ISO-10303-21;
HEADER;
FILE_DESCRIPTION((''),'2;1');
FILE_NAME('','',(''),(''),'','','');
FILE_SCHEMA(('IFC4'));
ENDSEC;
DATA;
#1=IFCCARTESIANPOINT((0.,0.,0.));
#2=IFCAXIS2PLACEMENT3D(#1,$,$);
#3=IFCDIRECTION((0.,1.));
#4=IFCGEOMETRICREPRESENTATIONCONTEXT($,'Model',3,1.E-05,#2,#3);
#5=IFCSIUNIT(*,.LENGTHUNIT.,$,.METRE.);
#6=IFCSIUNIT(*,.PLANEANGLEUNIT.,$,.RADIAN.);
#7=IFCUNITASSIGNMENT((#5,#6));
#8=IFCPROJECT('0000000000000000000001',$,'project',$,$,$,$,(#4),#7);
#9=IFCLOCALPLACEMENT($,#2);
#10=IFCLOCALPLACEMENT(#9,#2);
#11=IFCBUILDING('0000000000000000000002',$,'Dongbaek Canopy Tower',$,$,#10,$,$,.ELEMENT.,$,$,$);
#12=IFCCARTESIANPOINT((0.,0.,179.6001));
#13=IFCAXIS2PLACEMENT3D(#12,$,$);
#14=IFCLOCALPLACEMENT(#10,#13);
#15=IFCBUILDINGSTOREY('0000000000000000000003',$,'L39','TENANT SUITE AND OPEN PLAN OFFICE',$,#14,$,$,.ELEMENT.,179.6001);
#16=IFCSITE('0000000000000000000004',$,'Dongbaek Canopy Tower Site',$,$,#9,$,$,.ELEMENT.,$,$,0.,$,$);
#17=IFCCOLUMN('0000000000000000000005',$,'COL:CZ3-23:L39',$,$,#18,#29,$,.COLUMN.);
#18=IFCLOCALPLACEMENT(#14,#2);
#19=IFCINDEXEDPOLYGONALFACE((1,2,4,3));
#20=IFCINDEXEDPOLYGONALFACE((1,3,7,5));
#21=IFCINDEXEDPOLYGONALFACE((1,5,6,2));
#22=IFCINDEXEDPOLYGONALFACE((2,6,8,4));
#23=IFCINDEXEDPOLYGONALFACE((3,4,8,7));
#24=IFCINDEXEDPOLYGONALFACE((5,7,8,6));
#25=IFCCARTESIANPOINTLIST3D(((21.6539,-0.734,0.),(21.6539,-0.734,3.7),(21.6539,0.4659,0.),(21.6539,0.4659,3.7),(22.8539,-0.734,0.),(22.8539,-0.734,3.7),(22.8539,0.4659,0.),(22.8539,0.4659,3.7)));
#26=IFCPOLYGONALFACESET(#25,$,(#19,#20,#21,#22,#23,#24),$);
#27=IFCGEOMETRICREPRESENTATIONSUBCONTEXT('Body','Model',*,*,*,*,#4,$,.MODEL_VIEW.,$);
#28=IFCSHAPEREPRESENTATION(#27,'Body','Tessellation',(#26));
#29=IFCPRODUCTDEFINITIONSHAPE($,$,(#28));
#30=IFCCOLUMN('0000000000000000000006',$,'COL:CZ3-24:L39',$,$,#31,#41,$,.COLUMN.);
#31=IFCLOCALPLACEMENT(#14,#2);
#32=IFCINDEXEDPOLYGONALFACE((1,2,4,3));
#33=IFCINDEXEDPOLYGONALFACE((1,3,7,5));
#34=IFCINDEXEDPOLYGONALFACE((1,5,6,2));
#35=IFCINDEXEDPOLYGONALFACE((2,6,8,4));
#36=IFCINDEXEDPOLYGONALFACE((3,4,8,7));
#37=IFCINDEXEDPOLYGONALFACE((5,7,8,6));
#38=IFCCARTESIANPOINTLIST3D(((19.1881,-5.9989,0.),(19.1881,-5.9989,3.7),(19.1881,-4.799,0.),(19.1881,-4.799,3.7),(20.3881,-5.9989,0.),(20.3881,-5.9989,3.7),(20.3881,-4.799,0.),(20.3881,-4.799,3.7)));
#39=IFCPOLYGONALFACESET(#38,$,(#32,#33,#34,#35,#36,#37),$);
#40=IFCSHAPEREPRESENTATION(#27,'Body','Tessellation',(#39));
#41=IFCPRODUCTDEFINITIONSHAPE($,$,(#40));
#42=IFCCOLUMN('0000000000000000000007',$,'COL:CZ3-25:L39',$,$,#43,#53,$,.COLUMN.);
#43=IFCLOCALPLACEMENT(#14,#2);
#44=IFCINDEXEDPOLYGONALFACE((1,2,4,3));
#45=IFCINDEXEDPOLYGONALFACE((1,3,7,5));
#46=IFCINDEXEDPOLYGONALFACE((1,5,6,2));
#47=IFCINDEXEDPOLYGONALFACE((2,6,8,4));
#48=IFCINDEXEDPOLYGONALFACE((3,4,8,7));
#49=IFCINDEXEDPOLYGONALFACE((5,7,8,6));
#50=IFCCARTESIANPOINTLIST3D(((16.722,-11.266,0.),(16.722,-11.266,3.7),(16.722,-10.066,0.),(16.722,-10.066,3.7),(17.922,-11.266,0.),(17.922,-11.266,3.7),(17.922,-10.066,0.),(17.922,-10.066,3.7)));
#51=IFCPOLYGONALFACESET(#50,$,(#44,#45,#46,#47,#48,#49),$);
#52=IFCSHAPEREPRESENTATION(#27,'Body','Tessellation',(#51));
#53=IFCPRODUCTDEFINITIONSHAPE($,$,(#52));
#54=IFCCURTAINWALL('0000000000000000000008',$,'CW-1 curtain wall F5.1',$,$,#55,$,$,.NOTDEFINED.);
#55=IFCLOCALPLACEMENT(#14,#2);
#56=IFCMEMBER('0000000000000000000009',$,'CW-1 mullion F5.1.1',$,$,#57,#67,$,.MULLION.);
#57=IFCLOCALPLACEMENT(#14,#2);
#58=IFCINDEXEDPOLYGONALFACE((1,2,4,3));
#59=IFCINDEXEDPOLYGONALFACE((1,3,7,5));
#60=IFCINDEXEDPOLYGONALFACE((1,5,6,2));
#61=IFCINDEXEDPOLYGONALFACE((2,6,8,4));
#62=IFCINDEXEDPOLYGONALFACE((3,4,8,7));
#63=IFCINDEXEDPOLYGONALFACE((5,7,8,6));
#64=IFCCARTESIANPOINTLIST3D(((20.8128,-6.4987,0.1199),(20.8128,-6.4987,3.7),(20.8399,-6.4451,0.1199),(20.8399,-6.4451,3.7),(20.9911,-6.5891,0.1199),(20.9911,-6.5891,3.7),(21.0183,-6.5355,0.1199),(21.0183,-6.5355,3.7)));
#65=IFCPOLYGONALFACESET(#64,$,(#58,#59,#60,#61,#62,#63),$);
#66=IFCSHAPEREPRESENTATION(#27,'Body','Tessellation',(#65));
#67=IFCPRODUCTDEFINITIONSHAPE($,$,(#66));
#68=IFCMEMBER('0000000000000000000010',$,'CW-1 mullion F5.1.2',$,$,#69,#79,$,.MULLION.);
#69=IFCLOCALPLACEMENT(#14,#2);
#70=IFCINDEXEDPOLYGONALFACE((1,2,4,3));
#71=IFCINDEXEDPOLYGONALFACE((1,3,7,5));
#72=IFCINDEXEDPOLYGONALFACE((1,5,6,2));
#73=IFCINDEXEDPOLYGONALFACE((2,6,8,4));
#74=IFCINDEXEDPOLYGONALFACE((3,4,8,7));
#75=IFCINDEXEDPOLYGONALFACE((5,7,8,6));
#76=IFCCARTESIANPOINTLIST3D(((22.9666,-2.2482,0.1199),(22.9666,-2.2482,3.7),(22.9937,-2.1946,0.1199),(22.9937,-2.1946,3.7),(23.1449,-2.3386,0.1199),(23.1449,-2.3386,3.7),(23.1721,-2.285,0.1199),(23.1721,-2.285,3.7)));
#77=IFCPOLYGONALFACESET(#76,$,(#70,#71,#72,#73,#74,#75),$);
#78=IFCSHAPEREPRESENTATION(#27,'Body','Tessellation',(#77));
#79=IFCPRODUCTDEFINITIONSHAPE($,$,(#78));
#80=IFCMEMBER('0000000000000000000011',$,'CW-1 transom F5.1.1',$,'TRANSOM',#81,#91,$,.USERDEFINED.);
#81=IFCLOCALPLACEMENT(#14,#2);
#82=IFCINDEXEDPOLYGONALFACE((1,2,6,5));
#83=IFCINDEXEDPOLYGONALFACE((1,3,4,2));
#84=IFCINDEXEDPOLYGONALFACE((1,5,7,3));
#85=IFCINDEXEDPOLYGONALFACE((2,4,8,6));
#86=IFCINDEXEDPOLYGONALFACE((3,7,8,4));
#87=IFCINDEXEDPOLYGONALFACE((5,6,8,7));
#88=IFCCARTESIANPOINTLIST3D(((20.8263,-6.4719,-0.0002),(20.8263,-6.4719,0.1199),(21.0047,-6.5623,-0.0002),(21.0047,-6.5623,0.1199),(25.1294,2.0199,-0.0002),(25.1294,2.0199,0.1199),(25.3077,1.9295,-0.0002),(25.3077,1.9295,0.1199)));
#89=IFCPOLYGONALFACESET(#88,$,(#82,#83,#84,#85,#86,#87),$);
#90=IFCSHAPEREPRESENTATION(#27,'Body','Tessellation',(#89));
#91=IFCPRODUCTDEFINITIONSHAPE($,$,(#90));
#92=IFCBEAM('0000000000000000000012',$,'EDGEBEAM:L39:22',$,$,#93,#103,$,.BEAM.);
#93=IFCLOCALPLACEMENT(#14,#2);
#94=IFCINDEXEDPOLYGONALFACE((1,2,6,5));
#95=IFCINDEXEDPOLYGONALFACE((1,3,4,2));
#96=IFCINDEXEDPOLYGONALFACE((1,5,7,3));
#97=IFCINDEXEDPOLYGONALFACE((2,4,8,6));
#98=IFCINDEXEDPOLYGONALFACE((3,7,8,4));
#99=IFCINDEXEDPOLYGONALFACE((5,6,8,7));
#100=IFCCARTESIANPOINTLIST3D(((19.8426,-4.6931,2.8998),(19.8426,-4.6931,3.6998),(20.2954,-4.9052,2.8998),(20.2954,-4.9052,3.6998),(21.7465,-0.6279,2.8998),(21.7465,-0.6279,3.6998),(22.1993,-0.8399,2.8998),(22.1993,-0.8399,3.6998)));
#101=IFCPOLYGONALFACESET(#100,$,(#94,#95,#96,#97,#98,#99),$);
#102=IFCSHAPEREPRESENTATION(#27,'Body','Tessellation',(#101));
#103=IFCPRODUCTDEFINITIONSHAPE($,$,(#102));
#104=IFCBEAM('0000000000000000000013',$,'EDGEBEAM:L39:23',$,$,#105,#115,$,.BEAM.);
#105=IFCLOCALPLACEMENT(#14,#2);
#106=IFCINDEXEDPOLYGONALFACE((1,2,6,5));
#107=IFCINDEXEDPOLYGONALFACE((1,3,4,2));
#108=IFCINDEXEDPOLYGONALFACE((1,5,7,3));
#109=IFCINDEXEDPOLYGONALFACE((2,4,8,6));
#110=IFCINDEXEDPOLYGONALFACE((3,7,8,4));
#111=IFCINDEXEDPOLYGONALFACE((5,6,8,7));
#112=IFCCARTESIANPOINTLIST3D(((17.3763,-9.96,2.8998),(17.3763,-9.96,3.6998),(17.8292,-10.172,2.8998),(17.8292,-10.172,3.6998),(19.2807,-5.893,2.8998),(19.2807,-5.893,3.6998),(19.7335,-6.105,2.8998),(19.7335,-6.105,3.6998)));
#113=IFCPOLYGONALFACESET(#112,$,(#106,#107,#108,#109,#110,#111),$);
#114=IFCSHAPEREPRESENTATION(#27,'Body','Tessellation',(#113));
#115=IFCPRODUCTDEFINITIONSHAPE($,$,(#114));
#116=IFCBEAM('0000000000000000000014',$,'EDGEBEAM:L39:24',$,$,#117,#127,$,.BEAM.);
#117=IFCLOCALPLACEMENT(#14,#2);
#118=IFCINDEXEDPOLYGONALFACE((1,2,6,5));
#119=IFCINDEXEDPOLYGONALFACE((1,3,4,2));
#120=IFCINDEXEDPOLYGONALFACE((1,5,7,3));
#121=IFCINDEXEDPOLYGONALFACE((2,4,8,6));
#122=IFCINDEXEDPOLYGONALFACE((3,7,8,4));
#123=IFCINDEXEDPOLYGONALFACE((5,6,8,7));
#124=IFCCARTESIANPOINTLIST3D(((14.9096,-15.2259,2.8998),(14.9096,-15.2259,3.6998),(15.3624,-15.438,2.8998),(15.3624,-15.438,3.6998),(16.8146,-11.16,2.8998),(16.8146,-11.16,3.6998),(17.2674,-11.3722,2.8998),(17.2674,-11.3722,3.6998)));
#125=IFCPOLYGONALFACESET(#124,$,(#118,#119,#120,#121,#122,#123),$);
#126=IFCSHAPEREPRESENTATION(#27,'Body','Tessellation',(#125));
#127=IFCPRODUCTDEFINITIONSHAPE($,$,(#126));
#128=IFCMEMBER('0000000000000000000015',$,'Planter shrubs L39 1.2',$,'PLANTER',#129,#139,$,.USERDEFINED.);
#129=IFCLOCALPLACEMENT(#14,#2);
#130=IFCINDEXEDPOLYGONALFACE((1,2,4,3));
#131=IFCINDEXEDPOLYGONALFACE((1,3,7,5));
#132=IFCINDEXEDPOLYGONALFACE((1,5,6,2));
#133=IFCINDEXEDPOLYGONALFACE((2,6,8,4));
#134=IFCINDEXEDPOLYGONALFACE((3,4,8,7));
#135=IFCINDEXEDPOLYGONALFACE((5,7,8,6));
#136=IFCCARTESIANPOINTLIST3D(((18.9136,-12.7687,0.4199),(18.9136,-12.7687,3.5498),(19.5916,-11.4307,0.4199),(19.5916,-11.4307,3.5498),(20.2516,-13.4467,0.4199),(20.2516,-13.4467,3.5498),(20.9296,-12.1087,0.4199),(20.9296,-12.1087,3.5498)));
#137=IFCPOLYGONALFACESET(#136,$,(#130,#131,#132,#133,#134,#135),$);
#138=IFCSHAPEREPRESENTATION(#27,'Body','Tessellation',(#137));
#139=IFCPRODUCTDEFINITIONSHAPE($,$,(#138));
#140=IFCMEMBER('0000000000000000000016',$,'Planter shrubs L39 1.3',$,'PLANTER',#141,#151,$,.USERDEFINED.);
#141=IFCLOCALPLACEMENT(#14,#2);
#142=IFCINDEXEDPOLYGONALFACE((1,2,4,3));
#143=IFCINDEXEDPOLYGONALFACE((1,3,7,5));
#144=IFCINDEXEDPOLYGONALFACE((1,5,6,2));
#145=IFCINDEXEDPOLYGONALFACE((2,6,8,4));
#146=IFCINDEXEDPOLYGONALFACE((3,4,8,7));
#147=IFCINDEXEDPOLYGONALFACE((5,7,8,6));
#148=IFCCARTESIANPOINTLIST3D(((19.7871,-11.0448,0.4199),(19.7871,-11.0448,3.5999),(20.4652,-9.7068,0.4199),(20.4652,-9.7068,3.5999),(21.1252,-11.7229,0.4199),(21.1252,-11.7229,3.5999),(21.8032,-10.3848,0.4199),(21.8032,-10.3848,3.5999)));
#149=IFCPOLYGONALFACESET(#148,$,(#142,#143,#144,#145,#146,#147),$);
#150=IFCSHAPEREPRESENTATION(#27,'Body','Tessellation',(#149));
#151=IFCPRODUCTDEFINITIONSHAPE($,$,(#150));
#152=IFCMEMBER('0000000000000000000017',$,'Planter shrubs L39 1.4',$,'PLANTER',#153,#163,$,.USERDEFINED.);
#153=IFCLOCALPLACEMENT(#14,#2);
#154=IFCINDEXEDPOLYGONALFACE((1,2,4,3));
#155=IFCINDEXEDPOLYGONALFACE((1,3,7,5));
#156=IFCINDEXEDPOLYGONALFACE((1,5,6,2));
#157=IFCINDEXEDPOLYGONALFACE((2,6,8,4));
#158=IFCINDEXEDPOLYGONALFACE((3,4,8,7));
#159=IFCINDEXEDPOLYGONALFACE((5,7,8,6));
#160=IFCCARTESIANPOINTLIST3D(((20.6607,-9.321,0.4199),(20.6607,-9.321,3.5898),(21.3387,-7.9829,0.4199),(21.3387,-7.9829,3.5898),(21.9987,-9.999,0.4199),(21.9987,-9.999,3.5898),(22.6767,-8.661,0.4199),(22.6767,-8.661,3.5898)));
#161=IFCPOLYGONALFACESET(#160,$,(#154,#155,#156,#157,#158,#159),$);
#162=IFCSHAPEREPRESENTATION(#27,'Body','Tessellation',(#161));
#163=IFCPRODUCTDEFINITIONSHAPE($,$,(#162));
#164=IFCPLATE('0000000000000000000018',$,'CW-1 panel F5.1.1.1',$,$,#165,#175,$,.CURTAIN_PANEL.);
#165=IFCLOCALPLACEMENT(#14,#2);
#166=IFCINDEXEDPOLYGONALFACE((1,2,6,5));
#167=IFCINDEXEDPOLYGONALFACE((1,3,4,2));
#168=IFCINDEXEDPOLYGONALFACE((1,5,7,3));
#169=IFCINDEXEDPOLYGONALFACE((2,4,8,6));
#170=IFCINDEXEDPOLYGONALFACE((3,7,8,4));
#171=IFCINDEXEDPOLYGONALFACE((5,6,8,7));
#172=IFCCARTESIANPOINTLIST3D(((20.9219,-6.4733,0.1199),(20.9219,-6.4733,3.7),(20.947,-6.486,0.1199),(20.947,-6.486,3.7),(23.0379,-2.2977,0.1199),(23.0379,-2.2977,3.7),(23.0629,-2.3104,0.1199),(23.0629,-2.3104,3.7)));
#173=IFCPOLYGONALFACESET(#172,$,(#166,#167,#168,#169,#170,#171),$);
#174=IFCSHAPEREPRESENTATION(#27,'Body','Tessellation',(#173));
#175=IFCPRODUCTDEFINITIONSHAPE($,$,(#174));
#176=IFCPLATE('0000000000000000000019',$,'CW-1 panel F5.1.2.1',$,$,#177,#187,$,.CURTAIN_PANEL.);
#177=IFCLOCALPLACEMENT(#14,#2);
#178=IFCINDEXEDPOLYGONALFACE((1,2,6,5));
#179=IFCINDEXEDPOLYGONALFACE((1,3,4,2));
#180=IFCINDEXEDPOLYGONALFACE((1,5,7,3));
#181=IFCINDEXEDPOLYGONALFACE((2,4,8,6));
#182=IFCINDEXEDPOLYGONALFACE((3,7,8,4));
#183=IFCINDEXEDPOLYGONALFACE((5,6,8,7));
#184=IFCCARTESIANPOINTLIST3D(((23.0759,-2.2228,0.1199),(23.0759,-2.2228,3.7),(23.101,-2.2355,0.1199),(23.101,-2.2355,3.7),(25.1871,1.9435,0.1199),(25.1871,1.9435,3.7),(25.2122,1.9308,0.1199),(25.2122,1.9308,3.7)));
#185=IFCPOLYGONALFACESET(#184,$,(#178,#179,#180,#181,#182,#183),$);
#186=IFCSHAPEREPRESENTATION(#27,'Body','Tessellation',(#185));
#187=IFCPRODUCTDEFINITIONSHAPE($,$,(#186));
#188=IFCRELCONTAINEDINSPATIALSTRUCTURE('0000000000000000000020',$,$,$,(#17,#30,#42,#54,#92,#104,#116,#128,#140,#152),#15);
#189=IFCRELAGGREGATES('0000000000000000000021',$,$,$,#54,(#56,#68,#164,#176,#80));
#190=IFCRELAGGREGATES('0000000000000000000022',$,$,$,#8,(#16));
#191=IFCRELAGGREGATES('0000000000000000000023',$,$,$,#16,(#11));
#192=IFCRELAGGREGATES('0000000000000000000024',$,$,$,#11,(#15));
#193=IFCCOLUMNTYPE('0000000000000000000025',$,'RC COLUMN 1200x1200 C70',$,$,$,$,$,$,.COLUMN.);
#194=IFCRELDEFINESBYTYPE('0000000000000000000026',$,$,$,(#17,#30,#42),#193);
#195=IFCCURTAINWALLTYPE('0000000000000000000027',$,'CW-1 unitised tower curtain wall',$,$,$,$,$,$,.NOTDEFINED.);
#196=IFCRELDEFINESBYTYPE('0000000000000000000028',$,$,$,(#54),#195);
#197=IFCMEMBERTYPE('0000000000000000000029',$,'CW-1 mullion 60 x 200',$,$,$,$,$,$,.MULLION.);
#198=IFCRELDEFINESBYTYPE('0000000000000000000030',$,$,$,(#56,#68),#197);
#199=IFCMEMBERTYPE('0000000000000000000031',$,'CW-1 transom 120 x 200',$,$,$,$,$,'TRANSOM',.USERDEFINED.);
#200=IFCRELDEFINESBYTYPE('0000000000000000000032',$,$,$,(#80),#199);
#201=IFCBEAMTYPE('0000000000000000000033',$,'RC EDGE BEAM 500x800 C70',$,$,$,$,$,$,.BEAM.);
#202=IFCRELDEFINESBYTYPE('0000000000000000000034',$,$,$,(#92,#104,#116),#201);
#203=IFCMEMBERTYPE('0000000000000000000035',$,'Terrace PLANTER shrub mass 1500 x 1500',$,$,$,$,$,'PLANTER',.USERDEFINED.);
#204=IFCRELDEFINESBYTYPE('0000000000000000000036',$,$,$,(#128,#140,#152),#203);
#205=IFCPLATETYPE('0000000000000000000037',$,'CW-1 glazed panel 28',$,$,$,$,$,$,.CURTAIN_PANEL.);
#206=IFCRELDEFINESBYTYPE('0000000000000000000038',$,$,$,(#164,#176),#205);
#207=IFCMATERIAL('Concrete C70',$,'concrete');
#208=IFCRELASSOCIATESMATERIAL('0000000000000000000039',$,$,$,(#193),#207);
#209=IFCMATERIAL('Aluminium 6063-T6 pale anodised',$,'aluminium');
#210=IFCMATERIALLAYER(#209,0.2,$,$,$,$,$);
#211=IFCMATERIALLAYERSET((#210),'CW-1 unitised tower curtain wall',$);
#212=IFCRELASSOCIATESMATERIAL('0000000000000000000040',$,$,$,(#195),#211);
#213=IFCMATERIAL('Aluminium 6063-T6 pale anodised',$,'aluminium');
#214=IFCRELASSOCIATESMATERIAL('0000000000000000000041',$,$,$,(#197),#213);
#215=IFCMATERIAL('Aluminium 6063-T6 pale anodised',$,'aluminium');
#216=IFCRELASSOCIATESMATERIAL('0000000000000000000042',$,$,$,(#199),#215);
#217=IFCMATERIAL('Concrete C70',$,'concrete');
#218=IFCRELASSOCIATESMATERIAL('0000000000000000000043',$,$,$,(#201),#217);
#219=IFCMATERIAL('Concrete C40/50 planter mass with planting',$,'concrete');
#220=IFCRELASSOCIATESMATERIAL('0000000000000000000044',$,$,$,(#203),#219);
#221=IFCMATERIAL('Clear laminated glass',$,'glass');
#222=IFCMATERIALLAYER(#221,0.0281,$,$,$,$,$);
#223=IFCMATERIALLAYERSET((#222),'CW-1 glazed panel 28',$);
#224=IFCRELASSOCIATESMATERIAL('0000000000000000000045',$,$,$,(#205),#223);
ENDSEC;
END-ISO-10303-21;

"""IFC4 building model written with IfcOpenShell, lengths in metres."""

from ifc_helpers import new_model, si_unit, direction, frame, origin, origin_2d, place, context, subcontext, project, spatial, rectangle, extrude, material, layer, layer_set, material_profile, profile_set, type_object, element, aggregate, save


model = new_model("IFC4")

# Units and contexts
model_context = context("Model", 3, precision=1e-05, world=origin(), true_north=direction((0.0, 1.0)))
body_context = subcontext(model_context, "Body", "Model", "MODEL_VIEW")
ifc_project = project(units=[si_unit("LENGTHUNIT", "METRE"), si_unit("PLANEANGLEUNIT", "RADIAN")], contexts=[model_context])

# Site, building, storey
site_placement = place(None, origin())
site = spatial("IfcSite", under=ifc_project, at=site_placement, Name="Dongbaek Canopy Tower Site", CompositionType="ELEMENT", RefElevation=0.0)
building_placement = place(site_placement, origin())
building = spatial("IfcBuilding", under=site, at=building_placement, Name="Dongbaek Canopy Tower", CompositionType="ELEMENT")
storey_placement = place(building_placement, frame((0.0, 0.0, 179.6001)))
storey = spatial("IfcBuildingStorey", under=building, at=storey_placement, Name="L39", Description="TENANT SUITE AND OPEN PLAN OFFICE", CompositionType="ELEMENT", Elevation=179.6001)

# Columns
ifc_material_1 = material(Name="Concrete C70", Category="concrete")
ifc_material_profile_1 = material_profile(ifc_material_1, rectangle(XDim=1.2, YDim=1.2, at=origin_2d()), Name="RC COLUMN 1200x1200 C70")
ifc_profile_set_1 = profile_set([ifc_material_profile_1], Name="Concrete C70")
column_type = type_object("IfcColumnType", Name="RC COLUMN 1200x1200 C70", PredefinedType="COLUMN", material=ifc_profile_set_1)
for number, where, z_axis, x_axis, name in (
    (1, (22.2539, -0.134, 0.0), (0.0, 0.0, 1.0), (1.0, 0.0, 0.0), "COL:CZ3-23:L39"),
    (2, (19.7881, -5.3989, 0.0), (0.0, 0.0, 1.0), (1.0, 0.0, 0.0), "COL:CZ3-24:L39"),
    (3, (17.322, -10.666, 0.0), (0.0, 0.0, 1.0), (1.0, 0.0, 0.0), "COL:CZ3-25:L39"),
):
    element("IfcColumn", number, at=place(storey_placement, frame(where, z_axis=z_axis, x_axis=x_axis)), inside=storey, type_object=column_type, Name=name, PredefinedType="COLUMN", context=body_context, shape_type="SweptSolid", body=[
        extrude(rectangle(XDim=1.2, YDim=1.2, at=origin_2d()), origin(), (0.0, 0.0, 1.0), 3.7),
    ])

# Curtain wall, members
ifc_material_2 = material(Name="Aluminium 6063-T6 pale anodised", Category="aluminium")
ifc_layer_1 = layer(ifc_material_2, 0.2)
ifc_layer_set_1 = layer_set([ifc_layer_1], Name="CW-1 unitised tower curtain wall")
curtain_wall_type = type_object("IfcCurtainWallType", Name="CW-1 unitised tower curtain wall", PredefinedType="NOTDEFINED", material=ifc_layer_set_1)
curtain_wall_placement = place(storey_placement, origin())
curtain_wall = element("IfcCurtainWall", 4, at=curtain_wall_placement, inside=storey, type_object=curtain_wall_type, Name="CW-1 curtain wall F5.1", PredefinedType="NOTDEFINED")
ifc_material_3 = material(Name="Aluminium 6063-T6 pale anodised", Category="aluminium")
ifc_material_profile_2 = material_profile(ifc_material_3, rectangle(XDim=0.2, YDim=0.0601, at=origin_2d()), Name="CW-1 mullion 60 x 200")
ifc_profile_set_2 = profile_set([ifc_material_profile_2], Name="Aluminium 6063-T6 pale anodised")
member_type_1 = type_object("IfcMemberType", Name="CW-1 mullion 60 x 200", PredefinedType="MULLION", material=ifc_profile_set_2)
member_1_placement = place(storey_placement, frame((20.9155, -6.5171, 0.1199), z_axis=(0.0, 0.0, 1.0), x_axis=(0.892013, -0.452009, 0.0)))
member_1 = element("IfcMember", 5, at=member_1_placement, type_object=member_type_1, Name="CW-1 mullion F5.1.1", PredefinedType="MULLION", context=body_context, shape_type="SweptSolid", body=[
    extrude(rectangle(XDim=0.2, YDim=0.0601, at=origin_2d()), origin(), (0.0, 0.0, 1.0), 3.5801),
])
member_2_placement = place(storey_placement, frame((23.0693, -2.2666, 0.1199), z_axis=(0.0, 0.0, 1.0), x_axis=(0.892013, -0.452009, 0.0)))
member_2 = element("IfcMember", 6, at=member_2_placement, type_object=member_type_1, Name="CW-1 mullion F5.1.2", PredefinedType="MULLION", context=body_context, shape_type="SweptSolid", body=[
    extrude(rectangle(XDim=0.2, YDim=0.0601, at=origin_2d()), origin(), (0.0, 0.0, 1.0), 3.5801),
])
ifc_material_4 = material(Name="Aluminium 6063-T6 pale anodised", Category="aluminium")
ifc_material_profile_3 = material_profile(ifc_material_4, rectangle(XDim=0.2, YDim=0.1201, at=origin_2d()), Name="CW-1 transom 120 x 200")
ifc_profile_set_3 = profile_set([ifc_material_profile_3], Name="Aluminium 6063-T6 pale anodised")
member_type_2 = type_object("IfcMemberType", Name="CW-1 transom 120 x 200", ElementType="TRANSOM", PredefinedType="USERDEFINED", material=ifc_profile_set_3)
member_3_placement = place(storey_placement, frame((20.9155, -6.5171, 0.0598), z_axis=(0.452008, 0.892014, 0.0), x_axis=(-0.892014, 0.452008, 0.0)))
member_3 = element("IfcMember", 7, at=member_3_placement, type_object=member_type_2, Name="CW-1 transom F5.1.1", ObjectType="TRANSOM", PredefinedType="USERDEFINED", context=body_context, shape_type="SweptSolid", body=[
    extrude(rectangle(XDim=0.2, YDim=0.1201, at=origin_2d()), origin(), (0.0, 0.0, 1.0), 9.5198),
])

# Beams
ifc_material_5 = material(Name="Concrete C70", Category="concrete")
ifc_material_profile_4 = material_profile(ifc_material_5, rectangle(XDim=0.5, YDim=0.8, at=origin_2d()), Name="RC EDGE BEAM 500x800 C70")
ifc_profile_set_4 = profile_set([ifc_material_profile_4], Name="Concrete C70")
beam_type = type_object("IfcBeamType", Name="RC EDGE BEAM 500x800 C70", PredefinedType="BEAM", material=ifc_profile_set_4)
beam_1_placement = place(storey_placement, frame((21.9729, -0.7339, 3.2998), z_axis=(-0.424115, -0.905608, 0.0), x_axis=(0.905608, -0.424115, 0.0)))
element("IfcBeam", 8, at=beam_1_placement, inside=storey, type_object=beam_type, Name="EDGEBEAM:L39:22", PredefinedType="BEAM", context=body_context, shape_type="SweptSolid", body=[
    extrude(rectangle(XDim=0.5, YDim=0.8, at=origin_2d()), origin(), (0.0, 0.0, 1.0), 4.489),
])
beam_2_placement = place(storey_placement, frame((19.5071, -5.999, 3.2998), z_axis=(-0.424058, -0.905635, 0.0), x_axis=(0.905635, -0.424058, 0.0)))
element("IfcBeam", 9, at=beam_2_placement, inside=storey, type_object=beam_type, Name="EDGEBEAM:L39:23", PredefinedType="BEAM", context=body_context, shape_type="SweptSolid", body=[
    extrude(rectangle(XDim=0.5, YDim=0.8, at=origin_2d()), origin(), (0.0, 0.0, 1.0), 4.4907),
])
beam_3_placement = place(storey_placement, frame((17.041, -11.2661, 3.2998), z_axis=(-0.424275, -0.905533, 0.0), x_axis=(0.905533, -0.424275, 0.0)))
element("IfcBeam", 10, at=beam_3_placement, inside=storey, type_object=beam_type, Name="EDGEBEAM:L39:24", PredefinedType="BEAM", context=body_context, shape_type="SweptSolid", body=[
    extrude(rectangle(XDim=0.5, YDim=0.8, at=origin_2d()), origin(), (0.0, 0.0, 1.0), 4.49),
])

# Members
ifc_material_6 = material(Name="Concrete C40/50 planter mass with planting", Category="concrete")
ifc_material_profile_5 = material_profile(ifc_material_6, rectangle(XDim=1.5, YDim=1.5, at=origin_2d()), Name="Terrace PLANTER shrub mass 1500 x 1500")
ifc_profile_set_5 = profile_set([ifc_material_profile_5], Name="Concrete C40/50 planter mass with planting")
member_type_3 = type_object("IfcMemberType", Name="Terrace PLANTER shrub mass 1500 x 1500", ElementType="PLANTER", PredefinedType="USERDEFINED", material=ifc_profile_set_5)
member_4_placement = place(storey_placement, frame((19.9216, -12.4387, 0.4199), z_axis=(0.0, 0.0, 1.0), x_axis=(0.892013, -0.452009, 0.0)))
element("IfcMember", 11, at=member_4_placement, inside=storey, type_object=member_type_3, Name="Planter shrubs L39 1.2", ObjectType="PLANTER", PredefinedType="USERDEFINED", context=body_context, shape_type="SweptSolid", body=[
    extrude(rectangle(XDim=1.5, YDim=1.5, at=origin_2d()), origin(), (0.0, 0.0, 1.0), 3.1299),
])
member_5_placement = place(storey_placement, frame((20.7952, -10.7148, 0.4199), z_axis=(0.0, 0.0, 1.0), x_axis=(0.892013, -0.452009, 0.0)))
element("IfcMember", 12, at=member_5_placement, inside=storey, type_object=member_type_3, Name="Planter shrubs L39 1.3", ObjectType="PLANTER", PredefinedType="USERDEFINED", context=body_context, shape_type="SweptSolid", body=[
    extrude(rectangle(XDim=1.5, YDim=1.5, at=origin_2d()), origin(), (0.0, 0.0, 1.0), 3.1799),
])
member_6_placement = place(storey_placement, frame((21.6687, -8.991, 0.4199), z_axis=(0.0, 0.0, 1.0), x_axis=(0.892013, -0.452009, 0.0)))
element("IfcMember", 13, at=member_6_placement, inside=storey, type_object=member_type_3, Name="Planter shrubs L39 1.4", ObjectType="PLANTER", PredefinedType="USERDEFINED", context=body_context, shape_type="SweptSolid", body=[
    extrude(rectangle(XDim=1.5, YDim=1.5, at=origin_2d()), origin(), (0.0, 0.0, 1.0), 3.1699),
])

# Plates
ifc_material_7 = material(Name="Clear laminated glass", Category="glass")
ifc_layer_2 = layer(ifc_material_7, 0.0281)
ifc_layer_set_2 = layer_set([ifc_layer_2], Name="CW-1 glazed panel 28")
plate_type = type_object("IfcPlateType", Name="CW-1 glazed panel 28", PredefinedType="CURTAIN_PANEL", material=ifc_layer_set_2)
plate_1_placement = place(storey_placement, frame((21.9924, -4.3918, 0.1199), z_axis=(0.0, 0.0, 1.0), x_axis=(0.452009, 0.892013, 0.0)))
plate_1 = element("IfcPlate", 14, at=plate_1_placement, type_object=plate_type, Name="CW-1 panel F5.1.1.1", PredefinedType="CURTAIN_PANEL", context=body_context, shape_type="SweptSolid", body=[
    extrude(rectangle(XDim=4.6812, YDim=0.0281, at=origin_2d()), origin(), (0.0, 0.0, 1.0), 3.5801),
])
plate_2_placement = place(storey_placement, frame((24.144, -0.146, 0.1199), z_axis=(0.0, 0.0, 1.0), x_axis=(0.452009, 0.892013, 0.0)))
plate_2 = element("IfcPlate", 15, at=plate_2_placement, type_object=plate_type, Name="CW-1 panel F5.1.2.1", PredefinedType="CURTAIN_PANEL", context=body_context, shape_type="SweptSolid", body=[
    extrude(rectangle(XDim=4.6707, YDim=0.0281, at=origin_2d()), origin(), (0.0, 0.0, 1.0), 3.5801),
])
aggregate(curtain_wall, [member_1, member_2, plate_1, plate_2, member_3])

save(model, "model.ifc")
